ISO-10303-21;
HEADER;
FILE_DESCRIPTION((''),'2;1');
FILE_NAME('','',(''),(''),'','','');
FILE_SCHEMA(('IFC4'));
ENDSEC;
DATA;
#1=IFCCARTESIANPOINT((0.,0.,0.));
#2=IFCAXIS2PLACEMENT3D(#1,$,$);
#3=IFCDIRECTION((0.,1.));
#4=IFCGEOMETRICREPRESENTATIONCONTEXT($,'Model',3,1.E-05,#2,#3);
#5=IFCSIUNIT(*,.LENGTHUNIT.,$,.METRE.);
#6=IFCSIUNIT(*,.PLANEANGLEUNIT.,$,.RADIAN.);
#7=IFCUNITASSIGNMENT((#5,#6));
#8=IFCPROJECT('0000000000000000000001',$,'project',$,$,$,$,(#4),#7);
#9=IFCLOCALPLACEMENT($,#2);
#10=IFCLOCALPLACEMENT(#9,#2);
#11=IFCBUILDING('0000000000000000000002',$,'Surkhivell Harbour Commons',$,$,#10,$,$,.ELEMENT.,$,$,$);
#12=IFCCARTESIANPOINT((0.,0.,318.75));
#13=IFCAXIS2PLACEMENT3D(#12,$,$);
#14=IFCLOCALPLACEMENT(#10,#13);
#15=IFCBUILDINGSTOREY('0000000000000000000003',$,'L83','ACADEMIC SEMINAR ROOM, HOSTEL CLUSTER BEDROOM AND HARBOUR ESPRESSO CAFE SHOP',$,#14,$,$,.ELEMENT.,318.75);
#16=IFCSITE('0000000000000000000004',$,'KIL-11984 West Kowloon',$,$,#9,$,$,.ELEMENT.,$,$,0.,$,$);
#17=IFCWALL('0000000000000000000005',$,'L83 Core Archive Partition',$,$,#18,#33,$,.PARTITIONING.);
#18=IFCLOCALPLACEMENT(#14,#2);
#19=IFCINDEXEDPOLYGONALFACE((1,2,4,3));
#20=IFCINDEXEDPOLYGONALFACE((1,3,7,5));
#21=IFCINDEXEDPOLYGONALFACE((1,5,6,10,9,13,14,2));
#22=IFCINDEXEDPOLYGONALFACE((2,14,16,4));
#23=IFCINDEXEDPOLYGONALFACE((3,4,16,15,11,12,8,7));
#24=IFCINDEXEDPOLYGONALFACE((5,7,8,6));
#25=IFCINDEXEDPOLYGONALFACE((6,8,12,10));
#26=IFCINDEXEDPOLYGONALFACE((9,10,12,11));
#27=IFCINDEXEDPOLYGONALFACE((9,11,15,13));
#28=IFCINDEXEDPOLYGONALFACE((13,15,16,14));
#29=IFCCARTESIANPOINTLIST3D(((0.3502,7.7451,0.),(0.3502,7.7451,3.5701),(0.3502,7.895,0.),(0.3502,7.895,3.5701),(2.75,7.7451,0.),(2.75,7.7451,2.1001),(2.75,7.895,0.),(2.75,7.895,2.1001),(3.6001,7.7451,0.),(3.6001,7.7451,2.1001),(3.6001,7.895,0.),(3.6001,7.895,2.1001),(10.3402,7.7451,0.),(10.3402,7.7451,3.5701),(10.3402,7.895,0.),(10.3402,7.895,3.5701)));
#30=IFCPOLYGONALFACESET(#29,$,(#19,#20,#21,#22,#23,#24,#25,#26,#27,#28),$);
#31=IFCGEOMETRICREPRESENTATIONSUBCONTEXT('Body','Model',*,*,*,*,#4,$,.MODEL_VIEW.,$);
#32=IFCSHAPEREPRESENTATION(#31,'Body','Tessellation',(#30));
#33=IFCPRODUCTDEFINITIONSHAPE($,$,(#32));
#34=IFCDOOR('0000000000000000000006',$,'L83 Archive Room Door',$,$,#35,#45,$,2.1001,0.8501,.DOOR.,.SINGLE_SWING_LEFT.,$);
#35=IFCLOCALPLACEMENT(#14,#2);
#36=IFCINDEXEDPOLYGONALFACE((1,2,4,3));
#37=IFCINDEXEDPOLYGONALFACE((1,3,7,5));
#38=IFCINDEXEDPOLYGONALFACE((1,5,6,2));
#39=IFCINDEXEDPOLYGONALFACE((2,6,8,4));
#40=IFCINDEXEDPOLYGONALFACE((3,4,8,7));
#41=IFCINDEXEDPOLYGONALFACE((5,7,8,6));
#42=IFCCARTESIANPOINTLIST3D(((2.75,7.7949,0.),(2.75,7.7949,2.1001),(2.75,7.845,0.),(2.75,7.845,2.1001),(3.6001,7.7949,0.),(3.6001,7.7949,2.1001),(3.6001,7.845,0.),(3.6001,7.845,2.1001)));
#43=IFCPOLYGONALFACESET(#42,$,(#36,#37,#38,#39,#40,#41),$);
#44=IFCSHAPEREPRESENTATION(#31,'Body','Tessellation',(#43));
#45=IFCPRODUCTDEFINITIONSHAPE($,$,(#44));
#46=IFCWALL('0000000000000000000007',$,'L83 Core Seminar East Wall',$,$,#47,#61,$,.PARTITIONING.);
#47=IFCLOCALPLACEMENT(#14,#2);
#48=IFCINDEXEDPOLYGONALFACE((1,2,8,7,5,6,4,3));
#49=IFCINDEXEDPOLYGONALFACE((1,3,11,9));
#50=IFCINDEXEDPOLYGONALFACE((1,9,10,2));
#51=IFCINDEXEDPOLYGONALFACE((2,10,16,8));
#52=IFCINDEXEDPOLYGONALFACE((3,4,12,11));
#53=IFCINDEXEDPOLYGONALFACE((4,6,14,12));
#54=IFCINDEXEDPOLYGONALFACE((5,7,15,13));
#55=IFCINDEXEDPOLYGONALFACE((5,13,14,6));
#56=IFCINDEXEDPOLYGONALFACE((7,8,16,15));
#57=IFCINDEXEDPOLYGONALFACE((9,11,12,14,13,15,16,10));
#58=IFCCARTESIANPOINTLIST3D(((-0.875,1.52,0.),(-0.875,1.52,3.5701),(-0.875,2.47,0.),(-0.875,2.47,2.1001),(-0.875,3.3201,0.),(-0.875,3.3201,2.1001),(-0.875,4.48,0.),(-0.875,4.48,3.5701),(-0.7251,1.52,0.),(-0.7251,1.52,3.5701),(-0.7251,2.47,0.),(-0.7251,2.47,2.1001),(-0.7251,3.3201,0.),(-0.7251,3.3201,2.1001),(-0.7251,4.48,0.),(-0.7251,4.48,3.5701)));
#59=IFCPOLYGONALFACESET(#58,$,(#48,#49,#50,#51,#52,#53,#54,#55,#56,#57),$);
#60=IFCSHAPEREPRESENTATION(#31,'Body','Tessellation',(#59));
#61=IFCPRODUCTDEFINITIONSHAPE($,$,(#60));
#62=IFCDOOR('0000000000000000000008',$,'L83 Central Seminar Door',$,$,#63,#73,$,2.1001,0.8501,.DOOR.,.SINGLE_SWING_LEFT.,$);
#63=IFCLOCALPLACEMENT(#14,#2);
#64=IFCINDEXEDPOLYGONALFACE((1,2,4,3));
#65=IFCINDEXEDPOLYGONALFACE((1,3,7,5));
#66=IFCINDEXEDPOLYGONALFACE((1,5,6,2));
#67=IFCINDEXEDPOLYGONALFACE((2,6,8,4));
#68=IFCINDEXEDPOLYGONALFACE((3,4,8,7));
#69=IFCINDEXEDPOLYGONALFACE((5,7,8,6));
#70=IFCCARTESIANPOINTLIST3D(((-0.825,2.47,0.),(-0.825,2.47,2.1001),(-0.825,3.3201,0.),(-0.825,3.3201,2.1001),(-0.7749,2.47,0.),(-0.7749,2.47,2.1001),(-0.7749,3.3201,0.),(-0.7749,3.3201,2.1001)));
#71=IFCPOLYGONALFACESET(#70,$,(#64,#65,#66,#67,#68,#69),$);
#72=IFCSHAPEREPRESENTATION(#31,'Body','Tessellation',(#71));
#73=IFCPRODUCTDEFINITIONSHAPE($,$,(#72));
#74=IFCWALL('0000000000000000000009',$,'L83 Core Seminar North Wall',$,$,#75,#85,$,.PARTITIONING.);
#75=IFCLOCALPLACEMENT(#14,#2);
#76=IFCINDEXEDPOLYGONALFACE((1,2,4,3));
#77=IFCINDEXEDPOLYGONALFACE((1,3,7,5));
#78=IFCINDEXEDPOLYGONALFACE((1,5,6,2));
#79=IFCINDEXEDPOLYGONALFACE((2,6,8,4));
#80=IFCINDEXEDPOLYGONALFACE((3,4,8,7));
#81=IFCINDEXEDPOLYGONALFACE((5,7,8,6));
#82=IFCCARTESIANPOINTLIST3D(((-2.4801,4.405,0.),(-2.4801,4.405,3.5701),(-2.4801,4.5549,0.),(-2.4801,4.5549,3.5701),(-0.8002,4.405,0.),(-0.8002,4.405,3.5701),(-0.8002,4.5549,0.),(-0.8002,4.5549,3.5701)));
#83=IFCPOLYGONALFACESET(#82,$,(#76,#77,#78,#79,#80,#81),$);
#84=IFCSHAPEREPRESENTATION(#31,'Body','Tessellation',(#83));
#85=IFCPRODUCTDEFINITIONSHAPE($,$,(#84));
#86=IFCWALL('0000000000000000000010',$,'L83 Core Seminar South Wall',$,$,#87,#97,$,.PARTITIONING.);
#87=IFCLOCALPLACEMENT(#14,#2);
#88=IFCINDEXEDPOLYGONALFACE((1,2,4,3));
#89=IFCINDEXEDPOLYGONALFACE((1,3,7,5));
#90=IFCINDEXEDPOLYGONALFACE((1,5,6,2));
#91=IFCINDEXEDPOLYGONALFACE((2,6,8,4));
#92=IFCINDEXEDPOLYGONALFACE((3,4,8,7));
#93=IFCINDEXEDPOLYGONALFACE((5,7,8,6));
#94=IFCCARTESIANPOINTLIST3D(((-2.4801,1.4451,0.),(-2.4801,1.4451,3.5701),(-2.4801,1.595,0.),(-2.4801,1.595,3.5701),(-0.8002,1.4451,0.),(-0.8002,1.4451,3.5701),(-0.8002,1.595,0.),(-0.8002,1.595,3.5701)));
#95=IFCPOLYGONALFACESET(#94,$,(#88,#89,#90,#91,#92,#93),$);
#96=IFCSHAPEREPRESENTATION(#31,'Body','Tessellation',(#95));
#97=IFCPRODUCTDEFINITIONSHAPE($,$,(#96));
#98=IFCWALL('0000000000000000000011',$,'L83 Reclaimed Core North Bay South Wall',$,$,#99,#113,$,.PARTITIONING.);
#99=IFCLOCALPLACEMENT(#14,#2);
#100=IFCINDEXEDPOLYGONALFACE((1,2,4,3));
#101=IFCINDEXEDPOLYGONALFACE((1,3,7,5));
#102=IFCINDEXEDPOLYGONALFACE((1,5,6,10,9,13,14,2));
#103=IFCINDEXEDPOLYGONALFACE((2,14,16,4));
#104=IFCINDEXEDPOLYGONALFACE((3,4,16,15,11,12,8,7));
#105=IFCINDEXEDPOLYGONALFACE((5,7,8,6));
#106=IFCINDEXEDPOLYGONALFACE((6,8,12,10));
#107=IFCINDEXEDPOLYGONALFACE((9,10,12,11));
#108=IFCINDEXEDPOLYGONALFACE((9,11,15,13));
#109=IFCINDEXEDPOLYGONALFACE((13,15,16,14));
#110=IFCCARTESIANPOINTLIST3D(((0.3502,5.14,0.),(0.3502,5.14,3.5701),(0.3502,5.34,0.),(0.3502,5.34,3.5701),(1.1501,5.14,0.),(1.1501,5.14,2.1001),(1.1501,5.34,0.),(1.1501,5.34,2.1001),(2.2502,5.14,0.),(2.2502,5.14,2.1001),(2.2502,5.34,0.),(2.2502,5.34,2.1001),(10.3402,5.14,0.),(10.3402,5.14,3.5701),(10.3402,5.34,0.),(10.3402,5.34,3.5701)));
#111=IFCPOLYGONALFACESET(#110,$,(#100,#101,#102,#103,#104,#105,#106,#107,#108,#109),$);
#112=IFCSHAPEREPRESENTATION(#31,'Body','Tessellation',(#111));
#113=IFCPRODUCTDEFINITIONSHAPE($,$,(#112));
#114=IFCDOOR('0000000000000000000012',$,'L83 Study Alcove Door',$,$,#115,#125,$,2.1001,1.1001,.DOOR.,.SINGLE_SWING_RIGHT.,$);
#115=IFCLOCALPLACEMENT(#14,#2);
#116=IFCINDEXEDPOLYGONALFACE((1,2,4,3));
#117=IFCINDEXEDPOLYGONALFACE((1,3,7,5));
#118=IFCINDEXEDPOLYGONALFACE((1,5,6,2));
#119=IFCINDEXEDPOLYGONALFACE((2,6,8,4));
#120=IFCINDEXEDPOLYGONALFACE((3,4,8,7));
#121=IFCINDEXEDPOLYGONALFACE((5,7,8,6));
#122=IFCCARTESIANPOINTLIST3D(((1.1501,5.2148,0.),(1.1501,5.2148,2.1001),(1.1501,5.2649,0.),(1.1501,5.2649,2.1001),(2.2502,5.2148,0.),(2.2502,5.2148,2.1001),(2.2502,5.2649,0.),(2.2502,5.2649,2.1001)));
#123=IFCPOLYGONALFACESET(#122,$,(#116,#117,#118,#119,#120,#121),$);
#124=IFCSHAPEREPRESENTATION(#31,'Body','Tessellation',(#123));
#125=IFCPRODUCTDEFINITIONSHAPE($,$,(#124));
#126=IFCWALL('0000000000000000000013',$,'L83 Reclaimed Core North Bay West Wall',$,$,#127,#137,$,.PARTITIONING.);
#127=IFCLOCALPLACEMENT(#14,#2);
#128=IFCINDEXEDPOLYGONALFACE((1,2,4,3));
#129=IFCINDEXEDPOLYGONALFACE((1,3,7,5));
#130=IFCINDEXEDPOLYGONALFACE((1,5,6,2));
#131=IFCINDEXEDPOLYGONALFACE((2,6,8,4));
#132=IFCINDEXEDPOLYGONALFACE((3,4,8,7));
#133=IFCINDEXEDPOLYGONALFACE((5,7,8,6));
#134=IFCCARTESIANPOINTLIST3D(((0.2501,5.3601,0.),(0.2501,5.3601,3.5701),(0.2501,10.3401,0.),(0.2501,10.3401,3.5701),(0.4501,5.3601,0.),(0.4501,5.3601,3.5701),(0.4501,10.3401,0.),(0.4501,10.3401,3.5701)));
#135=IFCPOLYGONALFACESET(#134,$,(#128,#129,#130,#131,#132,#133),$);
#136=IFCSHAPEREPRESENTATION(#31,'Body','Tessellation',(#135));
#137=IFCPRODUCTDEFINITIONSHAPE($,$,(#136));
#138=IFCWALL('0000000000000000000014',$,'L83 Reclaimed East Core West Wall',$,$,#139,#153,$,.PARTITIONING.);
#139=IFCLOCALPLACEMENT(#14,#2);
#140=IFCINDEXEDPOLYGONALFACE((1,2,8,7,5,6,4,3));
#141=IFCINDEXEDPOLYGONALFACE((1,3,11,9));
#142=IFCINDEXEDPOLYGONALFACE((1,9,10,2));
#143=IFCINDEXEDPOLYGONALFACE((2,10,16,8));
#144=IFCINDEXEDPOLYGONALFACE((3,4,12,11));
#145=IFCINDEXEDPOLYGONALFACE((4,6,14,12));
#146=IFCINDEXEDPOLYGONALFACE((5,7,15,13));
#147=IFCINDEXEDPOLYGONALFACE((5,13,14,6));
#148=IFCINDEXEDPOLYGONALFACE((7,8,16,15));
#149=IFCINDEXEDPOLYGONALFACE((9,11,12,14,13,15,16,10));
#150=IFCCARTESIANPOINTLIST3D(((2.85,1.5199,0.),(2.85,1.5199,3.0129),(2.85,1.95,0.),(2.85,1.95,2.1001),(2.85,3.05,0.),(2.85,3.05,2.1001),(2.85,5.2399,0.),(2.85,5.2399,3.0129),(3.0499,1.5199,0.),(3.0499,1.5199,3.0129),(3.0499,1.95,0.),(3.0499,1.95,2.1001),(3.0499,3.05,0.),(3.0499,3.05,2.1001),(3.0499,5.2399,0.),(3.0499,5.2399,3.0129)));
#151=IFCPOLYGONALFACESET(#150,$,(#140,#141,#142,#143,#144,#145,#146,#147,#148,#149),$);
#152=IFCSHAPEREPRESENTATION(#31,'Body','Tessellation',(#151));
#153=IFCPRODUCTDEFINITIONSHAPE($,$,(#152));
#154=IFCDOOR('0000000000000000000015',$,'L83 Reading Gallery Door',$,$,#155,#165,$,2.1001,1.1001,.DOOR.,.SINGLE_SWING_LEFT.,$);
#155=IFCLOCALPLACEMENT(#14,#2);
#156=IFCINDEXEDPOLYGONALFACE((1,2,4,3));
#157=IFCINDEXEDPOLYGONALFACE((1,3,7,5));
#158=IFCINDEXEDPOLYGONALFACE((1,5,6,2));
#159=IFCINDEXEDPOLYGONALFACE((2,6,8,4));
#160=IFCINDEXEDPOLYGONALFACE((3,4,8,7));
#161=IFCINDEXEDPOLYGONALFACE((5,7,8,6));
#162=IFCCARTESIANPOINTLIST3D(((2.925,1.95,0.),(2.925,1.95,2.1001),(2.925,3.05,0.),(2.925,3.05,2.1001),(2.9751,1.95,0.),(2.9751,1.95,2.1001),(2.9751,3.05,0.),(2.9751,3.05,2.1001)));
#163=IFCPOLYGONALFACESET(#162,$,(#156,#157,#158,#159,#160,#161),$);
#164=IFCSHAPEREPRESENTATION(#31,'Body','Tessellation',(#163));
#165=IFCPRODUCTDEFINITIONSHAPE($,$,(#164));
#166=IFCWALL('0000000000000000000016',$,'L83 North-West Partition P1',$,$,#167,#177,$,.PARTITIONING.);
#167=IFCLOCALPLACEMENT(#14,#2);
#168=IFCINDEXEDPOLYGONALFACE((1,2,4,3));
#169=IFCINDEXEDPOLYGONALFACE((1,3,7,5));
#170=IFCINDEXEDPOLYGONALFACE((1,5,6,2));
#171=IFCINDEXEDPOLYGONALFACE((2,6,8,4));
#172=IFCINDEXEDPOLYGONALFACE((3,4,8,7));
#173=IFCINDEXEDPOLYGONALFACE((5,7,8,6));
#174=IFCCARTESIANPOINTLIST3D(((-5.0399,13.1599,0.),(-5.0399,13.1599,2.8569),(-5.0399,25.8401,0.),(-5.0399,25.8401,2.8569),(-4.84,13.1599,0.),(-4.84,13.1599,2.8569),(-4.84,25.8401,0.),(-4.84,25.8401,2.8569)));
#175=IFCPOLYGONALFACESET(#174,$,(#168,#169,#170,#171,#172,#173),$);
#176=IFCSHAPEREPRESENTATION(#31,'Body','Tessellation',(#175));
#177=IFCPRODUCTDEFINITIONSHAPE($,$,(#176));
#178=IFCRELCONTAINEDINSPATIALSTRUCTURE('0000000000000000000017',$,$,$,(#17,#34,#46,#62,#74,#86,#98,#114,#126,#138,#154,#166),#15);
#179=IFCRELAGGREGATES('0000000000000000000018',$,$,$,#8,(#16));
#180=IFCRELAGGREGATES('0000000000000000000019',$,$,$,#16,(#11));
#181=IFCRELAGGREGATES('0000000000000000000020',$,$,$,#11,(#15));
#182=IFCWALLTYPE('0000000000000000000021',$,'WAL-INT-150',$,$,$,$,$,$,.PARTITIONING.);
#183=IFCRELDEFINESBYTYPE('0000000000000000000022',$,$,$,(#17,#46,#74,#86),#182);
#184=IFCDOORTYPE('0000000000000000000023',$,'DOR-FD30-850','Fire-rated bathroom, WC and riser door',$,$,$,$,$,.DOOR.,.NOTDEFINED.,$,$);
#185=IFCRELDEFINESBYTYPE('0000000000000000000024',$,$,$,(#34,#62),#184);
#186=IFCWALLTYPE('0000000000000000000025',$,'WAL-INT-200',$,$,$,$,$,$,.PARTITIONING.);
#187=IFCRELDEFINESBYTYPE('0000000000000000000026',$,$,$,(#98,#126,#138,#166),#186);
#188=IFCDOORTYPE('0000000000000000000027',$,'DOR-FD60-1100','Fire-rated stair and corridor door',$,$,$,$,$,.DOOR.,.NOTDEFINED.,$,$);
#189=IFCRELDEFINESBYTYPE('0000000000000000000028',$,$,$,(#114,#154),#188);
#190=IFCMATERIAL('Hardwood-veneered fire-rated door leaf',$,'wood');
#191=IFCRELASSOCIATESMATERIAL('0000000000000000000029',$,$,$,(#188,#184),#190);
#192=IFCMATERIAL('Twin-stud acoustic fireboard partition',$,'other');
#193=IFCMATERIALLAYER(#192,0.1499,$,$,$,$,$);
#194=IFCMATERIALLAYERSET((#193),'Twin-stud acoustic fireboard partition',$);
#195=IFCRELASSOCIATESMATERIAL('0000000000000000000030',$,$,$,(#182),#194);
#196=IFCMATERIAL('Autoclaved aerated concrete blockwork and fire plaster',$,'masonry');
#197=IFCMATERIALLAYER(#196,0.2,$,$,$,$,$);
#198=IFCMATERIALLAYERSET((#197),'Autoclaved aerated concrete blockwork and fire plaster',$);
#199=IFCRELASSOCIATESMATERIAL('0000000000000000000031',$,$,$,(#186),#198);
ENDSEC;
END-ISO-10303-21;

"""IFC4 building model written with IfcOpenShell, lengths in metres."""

from ifc_helpers import new_model, si_unit, direction, frame, frame_2d, origin, place, context, subcontext, project, spatial, rectangle, extrude, material, layer, layer_set, type_object, element, fill, save


model = new_model("IFC4")

# Units and contexts
model_context = context("Model", 3, precision=1e-05, world=origin(), true_north=direction((0.0, 1.0)))
body_context = subcontext(model_context, "Body", "Model", "MODEL_VIEW")
ifc_project = project(units=[si_unit("LENGTHUNIT", "METRE"), si_unit("PLANEANGLEUNIT", "RADIAN")], contexts=[model_context])

# Site, building, storey
site_placement = place(None, origin())
site = spatial("IfcSite", under=ifc_project, at=site_placement, Name="KIL-11984 West Kowloon", CompositionType="ELEMENT", RefElevation=0.0)
building_placement = place(site_placement, origin())
building = spatial("IfcBuilding", under=site, at=building_placement, Name="Surkhivell Harbour Commons", CompositionType="ELEMENT")
storey_placement = place(building_placement, frame((0.0, 0.0, 318.75)))
storey = spatial("IfcBuildingStorey", under=building, at=storey_placement, Name="L83", Description="ACADEMIC SEMINAR ROOM, HOSTEL CLUSTER BEDROOM AND HARBOUR ESPRESSO CAFE SHOP", CompositionType="ELEMENT", Elevation=318.75)

# Shared definitions
ifc_material_1 = material(Name="Hardwood-veneered fire-rated door leaf", Category="wood")
door_type_1 = type_object("IfcDoorType", Name="DOR-FD60-1100", Description="Fire-rated stair and corridor door", OperationType="NOTDEFINED", PredefinedType="DOOR", material=ifc_material_1)

# Shared definitions
ifc_material_2 = material(Name="Twin-stud acoustic fireboard partition", Category="other")
ifc_layer_1 = layer(ifc_material_2, 0.1499)
ifc_layer_set_1 = layer_set([ifc_layer_1], Name="Twin-stud acoustic fireboard partition")
wall_type_1 = type_object("IfcWallType", Name="WAL-INT-150", PredefinedType="PARTITIONING", material=ifc_layer_set_1)

# Walls, openings, doors
wall_1_placement = place(storey_placement, frame((0.3501, 7.8201, 0.0), z_axis=(0.0, 0.0, 1.0), x_axis=(1.0, 0.0, 0.0)))
wall_1 = element("IfcWall", 1, at=wall_1_placement, inside=storey, type_object=wall_type_1, Name="L83 Core Archive Partition", PredefinedType="PARTITIONING", context=body_context, shape_type="SweptSolid", body=[
    extrude(rectangle(XDim=9.99, YDim=0.1499, at=frame_2d((4.9951, 0.0))), origin(), (0.0, 0.0, 1.0), 3.5701),
])
opening_1_placement = place(wall_1_placement, frame((2.3999, 0.0, 0.0)))
opening_1 = element("IfcOpeningElement", 2, at=opening_1_placement, cuts=wall_1, PredefinedType="OPENING", context=body_context, shape_type="SweptSolid", body=[
    extrude(rectangle(XDim=0.8501, YDim=2.1001, at=frame_2d((0.425, 1.05))), frame((0.0, 0.085, 0.0), z_axis=(0.0, -1.0, 0.0), x_axis=(1.0, 0.0, 0.0)), (0.0, 0.0, 1.0), 0.1699),
])
door_type_2 = type_object("IfcDoorType", Name="DOR-FD30-850", Description="Fire-rated bathroom, WC and riser door", OperationType="NOTDEFINED", PredefinedType="DOOR", material=ifc_material_1)
door_1_placement = place(opening_1_placement, origin())
door_1 = element("IfcDoor", 3, at=door_1_placement, inside=storey, type_object=door_type_2, Name="L83 Archive Room Door", OperationType="SINGLE_SWING_LEFT", OverallHeight=2.1001, OverallWidth=0.8501, PredefinedType="DOOR", context=body_context, shape_type="SweptSolid", body=[
    extrude(rectangle(XDim=0.8501, YDim=2.1001, at=frame_2d((0.425, 1.05))), frame((0.0, 0.0249, 0.0), z_axis=(0.0, -1.0, 0.0), x_axis=(1.0, 0.0, 0.0)), (0.0, 0.0, 1.0), 0.05),
])
fill(opening_1, door_1)
wall_2_placement = place(storey_placement, frame((-0.8, 1.52, 0.0), z_axis=(0.0, 0.0, 1.0), x_axis=(0.0, 1.0, 0.0)))
wall_2 = element("IfcWall", 4, at=wall_2_placement, inside=storey, type_object=wall_type_1, Name="L83 Core Seminar East Wall", PredefinedType="PARTITIONING", context=body_context, shape_type="SweptSolid", body=[
    extrude(rectangle(XDim=2.96, YDim=0.1499, at=frame_2d((1.48, 0.0))), origin(), (0.0, 0.0, 1.0), 3.5701),
])
opening_2_placement = place(wall_2_placement, frame((0.95, 0.0, 0.0)))
opening_2 = element("IfcOpeningElement", 5, at=opening_2_placement, cuts=wall_2, PredefinedType="OPENING", context=body_context, shape_type="SweptSolid", body=[
    extrude(rectangle(XDim=0.8501, YDim=2.1001, at=frame_2d((0.425, 1.05))), frame((0.0, 0.085, 0.0), z_axis=(0.0, -1.0, 0.0), x_axis=(1.0, 0.0, 0.0)), (0.0, 0.0, 1.0), 0.1699),
])
door_2_placement = place(opening_2_placement, origin())
door_2 = element("IfcDoor", 6, at=door_2_placement, inside=storey, type_object=door_type_2, Name="L83 Central Seminar Door", OperationType="SINGLE_SWING_LEFT", OverallHeight=2.1001, OverallWidth=0.8501, PredefinedType="DOOR", context=body_context, shape_type="SweptSolid", body=[
    extrude(rectangle(XDim=0.8501, YDim=2.1001, at=frame_2d((0.425, 1.05))), frame((0.0, 0.0249, 0.0), z_axis=(0.0, -1.0, 0.0), x_axis=(1.0, 0.0, 0.0)), (0.0, 0.0, 1.0), 0.05),
])
fill(opening_2, door_2)

# Walls
for number, where, z_axis, x_axis, name in (
    (7, (-2.48, 4.48, 0.0), (0.0, 0.0, 1.0), (1.0, 0.0, 0.0), "L83 Core Seminar North Wall"),
    (8, (-2.48, 1.52, 0.0), (0.0, 0.0, 1.0), (1.0, 0.0, 0.0), "L83 Core Seminar South Wall"),
):
    element("IfcWall", number, at=place(storey_placement, frame(where, z_axis=z_axis, x_axis=x_axis)), inside=storey, type_object=wall_type_1, Name=name, PredefinedType="PARTITIONING", context=body_context, shape_type="SweptSolid", body=[
        extrude(rectangle(XDim=1.6799, YDim=0.1499, at=frame_2d((0.8398, 0.0))), origin(), (0.0, 0.0, 1.0), 3.5701),
    ])

# Wall, opening, door
ifc_material_3 = material(Name="Autoclaved aerated concrete blockwork and fire plaster", Category="masonry")
ifc_layer_2 = layer(ifc_material_3, 0.2)
ifc_layer_set_2 = layer_set([ifc_layer_2], Name="Autoclaved aerated concrete blockwork and fire plaster")
wall_type_2 = type_object("IfcWallType", Name="WAL-INT-200", PredefinedType="PARTITIONING", material=ifc_layer_set_2)
wall_3_placement = place(storey_placement, frame((0.3501, 5.24, 0.0), z_axis=(0.0, 0.0, 1.0), x_axis=(1.0, 0.0, 0.0)))
wall_3 = element("IfcWall", 9, at=wall_3_placement, inside=storey, type_object=wall_type_2, Name="L83 Reclaimed Core North Bay South Wall", PredefinedType="PARTITIONING", context=body_context, shape_type="SweptSolid", body=[
    extrude(rectangle(XDim=9.99, YDim=0.2, at=frame_2d((4.9951, 0.0))), origin(), (0.0, 0.0, 1.0), 3.5701),
])
opening_3_placement = place(wall_3_placement, frame((0.8, 0.0, 0.0)))
opening_3 = element("IfcOpeningElement", 10, at=opening_3_placement, cuts=wall_3, PredefinedType="OPENING", context=body_context, shape_type="SweptSolid", body=[
    extrude(rectangle(XDim=1.1001, YDim=2.1001, at=frame_2d((0.55, 1.05))), frame((0.0, 0.1099, 0.0), z_axis=(0.0, -1.0, 0.0), x_axis=(1.0, 0.0, 0.0)), (0.0, 0.0, 1.0), 0.22),
])
door_3_placement = place(opening_3_placement, origin())
door_3 = element("IfcDoor", 11, at=door_3_placement, inside=storey, type_object=door_type_1, Name="L83 Study Alcove Door", OperationType="SINGLE_SWING_RIGHT", OverallHeight=2.1001, OverallWidth=1.1001, PredefinedType="DOOR", context=body_context, shape_type="SweptSolid", body=[
    extrude(rectangle(XDim=1.1001, YDim=2.1001, at=frame_2d((0.55, 1.05))), frame((0.0, 0.0249, 0.0), z_axis=(0.0, -1.0, 0.0), x_axis=(1.0, 0.0, 0.0)), (0.0, 0.0, 1.0), 0.05),
])
fill(opening_3, door_3)

# Wall
wall_4_placement = place(storey_placement, frame((0.3501, 5.3601, 0.0), z_axis=(0.0, 0.0, 1.0), x_axis=(0.0, 1.0, 0.0)))
element("IfcWall", 12, at=wall_4_placement, inside=storey, type_object=wall_type_2, Name="L83 Reclaimed Core North Bay West Wall", PredefinedType="PARTITIONING", context=body_context, shape_type="SweptSolid", body=[
    extrude(rectangle(XDim=4.98, YDim=0.2, at=frame_2d((2.49, 0.0))), origin(), (0.0, 0.0, 1.0), 3.5701),
])

# Wall, opening, door
wall_5_placement = place(storey_placement, frame((2.95, 1.52, 0.0), z_axis=(0.0, 0.0, 1.0), x_axis=(0.0, 1.0, 0.0)))
wall_5 = element("IfcWall", 13, at=wall_5_placement, inside=storey, type_object=wall_type_2, Name="L83 Reclaimed East Core West Wall", PredefinedType="PARTITIONING", context=body_context, shape_type="SweptSolid", body=[
    extrude(rectangle(XDim=3.72, YDim=0.2, at=frame_2d((1.8599, 0.0))), origin(), (0.0, 0.0, 1.0), 3.0129),
])
opening_4_placement = place(wall_5_placement, frame((0.4299, 0.0, 0.0)))
opening_4 = element("IfcOpeningElement", 14, at=opening_4_placement, cuts=wall_5, PredefinedType="OPENING", context=body_context, shape_type="SweptSolid", body=[
    extrude(rectangle(XDim=1.1001, YDim=2.1001, at=frame_2d((0.55, 1.05))), frame((0.0, 0.1099, 0.0), z_axis=(0.0, -1.0, 0.0), x_axis=(1.0, 0.0, 0.0)), (0.0, 0.0, 1.0), 0.22),
])
door_4_placement = place(opening_4_placement, origin())
door_4 = element("IfcDoor", 15, at=door_4_placement, inside=storey, type_object=door_type_1, Name="L83 Reading Gallery Door", OperationType="SINGLE_SWING_LEFT", OverallHeight=2.1001, OverallWidth=1.1001, PredefinedType="DOOR", context=body_context, shape_type="SweptSolid", body=[
    extrude(rectangle(XDim=1.1001, YDim=2.1001, at=frame_2d((0.55, 1.05))), frame((0.0, 0.0249, 0.0), z_axis=(0.0, -1.0, 0.0), x_axis=(1.0, 0.0, 0.0)), (0.0, 0.0, 1.0), 0.05),
])
fill(opening_4, door_4)

# Wall
wall_6_placement = place(storey_placement, frame((-4.9399, 13.1599, 0.0), z_axis=(0.0, 0.0, 1.0), x_axis=(0.0, 1.0, 0.0)))
element("IfcWall", 16, at=wall_6_placement, inside=storey, type_object=wall_type_2, Name="L83 North-West Partition P1", PredefinedType="PARTITIONING", context=body_context, shape_type="SweptSolid", body=[
    extrude(rectangle(XDim=12.6802, YDim=0.2, at=frame_2d((6.3401, 0.0))), origin(), (0.0, 0.0, 1.0), 2.8569),
])

save(model, "model.ifc")
